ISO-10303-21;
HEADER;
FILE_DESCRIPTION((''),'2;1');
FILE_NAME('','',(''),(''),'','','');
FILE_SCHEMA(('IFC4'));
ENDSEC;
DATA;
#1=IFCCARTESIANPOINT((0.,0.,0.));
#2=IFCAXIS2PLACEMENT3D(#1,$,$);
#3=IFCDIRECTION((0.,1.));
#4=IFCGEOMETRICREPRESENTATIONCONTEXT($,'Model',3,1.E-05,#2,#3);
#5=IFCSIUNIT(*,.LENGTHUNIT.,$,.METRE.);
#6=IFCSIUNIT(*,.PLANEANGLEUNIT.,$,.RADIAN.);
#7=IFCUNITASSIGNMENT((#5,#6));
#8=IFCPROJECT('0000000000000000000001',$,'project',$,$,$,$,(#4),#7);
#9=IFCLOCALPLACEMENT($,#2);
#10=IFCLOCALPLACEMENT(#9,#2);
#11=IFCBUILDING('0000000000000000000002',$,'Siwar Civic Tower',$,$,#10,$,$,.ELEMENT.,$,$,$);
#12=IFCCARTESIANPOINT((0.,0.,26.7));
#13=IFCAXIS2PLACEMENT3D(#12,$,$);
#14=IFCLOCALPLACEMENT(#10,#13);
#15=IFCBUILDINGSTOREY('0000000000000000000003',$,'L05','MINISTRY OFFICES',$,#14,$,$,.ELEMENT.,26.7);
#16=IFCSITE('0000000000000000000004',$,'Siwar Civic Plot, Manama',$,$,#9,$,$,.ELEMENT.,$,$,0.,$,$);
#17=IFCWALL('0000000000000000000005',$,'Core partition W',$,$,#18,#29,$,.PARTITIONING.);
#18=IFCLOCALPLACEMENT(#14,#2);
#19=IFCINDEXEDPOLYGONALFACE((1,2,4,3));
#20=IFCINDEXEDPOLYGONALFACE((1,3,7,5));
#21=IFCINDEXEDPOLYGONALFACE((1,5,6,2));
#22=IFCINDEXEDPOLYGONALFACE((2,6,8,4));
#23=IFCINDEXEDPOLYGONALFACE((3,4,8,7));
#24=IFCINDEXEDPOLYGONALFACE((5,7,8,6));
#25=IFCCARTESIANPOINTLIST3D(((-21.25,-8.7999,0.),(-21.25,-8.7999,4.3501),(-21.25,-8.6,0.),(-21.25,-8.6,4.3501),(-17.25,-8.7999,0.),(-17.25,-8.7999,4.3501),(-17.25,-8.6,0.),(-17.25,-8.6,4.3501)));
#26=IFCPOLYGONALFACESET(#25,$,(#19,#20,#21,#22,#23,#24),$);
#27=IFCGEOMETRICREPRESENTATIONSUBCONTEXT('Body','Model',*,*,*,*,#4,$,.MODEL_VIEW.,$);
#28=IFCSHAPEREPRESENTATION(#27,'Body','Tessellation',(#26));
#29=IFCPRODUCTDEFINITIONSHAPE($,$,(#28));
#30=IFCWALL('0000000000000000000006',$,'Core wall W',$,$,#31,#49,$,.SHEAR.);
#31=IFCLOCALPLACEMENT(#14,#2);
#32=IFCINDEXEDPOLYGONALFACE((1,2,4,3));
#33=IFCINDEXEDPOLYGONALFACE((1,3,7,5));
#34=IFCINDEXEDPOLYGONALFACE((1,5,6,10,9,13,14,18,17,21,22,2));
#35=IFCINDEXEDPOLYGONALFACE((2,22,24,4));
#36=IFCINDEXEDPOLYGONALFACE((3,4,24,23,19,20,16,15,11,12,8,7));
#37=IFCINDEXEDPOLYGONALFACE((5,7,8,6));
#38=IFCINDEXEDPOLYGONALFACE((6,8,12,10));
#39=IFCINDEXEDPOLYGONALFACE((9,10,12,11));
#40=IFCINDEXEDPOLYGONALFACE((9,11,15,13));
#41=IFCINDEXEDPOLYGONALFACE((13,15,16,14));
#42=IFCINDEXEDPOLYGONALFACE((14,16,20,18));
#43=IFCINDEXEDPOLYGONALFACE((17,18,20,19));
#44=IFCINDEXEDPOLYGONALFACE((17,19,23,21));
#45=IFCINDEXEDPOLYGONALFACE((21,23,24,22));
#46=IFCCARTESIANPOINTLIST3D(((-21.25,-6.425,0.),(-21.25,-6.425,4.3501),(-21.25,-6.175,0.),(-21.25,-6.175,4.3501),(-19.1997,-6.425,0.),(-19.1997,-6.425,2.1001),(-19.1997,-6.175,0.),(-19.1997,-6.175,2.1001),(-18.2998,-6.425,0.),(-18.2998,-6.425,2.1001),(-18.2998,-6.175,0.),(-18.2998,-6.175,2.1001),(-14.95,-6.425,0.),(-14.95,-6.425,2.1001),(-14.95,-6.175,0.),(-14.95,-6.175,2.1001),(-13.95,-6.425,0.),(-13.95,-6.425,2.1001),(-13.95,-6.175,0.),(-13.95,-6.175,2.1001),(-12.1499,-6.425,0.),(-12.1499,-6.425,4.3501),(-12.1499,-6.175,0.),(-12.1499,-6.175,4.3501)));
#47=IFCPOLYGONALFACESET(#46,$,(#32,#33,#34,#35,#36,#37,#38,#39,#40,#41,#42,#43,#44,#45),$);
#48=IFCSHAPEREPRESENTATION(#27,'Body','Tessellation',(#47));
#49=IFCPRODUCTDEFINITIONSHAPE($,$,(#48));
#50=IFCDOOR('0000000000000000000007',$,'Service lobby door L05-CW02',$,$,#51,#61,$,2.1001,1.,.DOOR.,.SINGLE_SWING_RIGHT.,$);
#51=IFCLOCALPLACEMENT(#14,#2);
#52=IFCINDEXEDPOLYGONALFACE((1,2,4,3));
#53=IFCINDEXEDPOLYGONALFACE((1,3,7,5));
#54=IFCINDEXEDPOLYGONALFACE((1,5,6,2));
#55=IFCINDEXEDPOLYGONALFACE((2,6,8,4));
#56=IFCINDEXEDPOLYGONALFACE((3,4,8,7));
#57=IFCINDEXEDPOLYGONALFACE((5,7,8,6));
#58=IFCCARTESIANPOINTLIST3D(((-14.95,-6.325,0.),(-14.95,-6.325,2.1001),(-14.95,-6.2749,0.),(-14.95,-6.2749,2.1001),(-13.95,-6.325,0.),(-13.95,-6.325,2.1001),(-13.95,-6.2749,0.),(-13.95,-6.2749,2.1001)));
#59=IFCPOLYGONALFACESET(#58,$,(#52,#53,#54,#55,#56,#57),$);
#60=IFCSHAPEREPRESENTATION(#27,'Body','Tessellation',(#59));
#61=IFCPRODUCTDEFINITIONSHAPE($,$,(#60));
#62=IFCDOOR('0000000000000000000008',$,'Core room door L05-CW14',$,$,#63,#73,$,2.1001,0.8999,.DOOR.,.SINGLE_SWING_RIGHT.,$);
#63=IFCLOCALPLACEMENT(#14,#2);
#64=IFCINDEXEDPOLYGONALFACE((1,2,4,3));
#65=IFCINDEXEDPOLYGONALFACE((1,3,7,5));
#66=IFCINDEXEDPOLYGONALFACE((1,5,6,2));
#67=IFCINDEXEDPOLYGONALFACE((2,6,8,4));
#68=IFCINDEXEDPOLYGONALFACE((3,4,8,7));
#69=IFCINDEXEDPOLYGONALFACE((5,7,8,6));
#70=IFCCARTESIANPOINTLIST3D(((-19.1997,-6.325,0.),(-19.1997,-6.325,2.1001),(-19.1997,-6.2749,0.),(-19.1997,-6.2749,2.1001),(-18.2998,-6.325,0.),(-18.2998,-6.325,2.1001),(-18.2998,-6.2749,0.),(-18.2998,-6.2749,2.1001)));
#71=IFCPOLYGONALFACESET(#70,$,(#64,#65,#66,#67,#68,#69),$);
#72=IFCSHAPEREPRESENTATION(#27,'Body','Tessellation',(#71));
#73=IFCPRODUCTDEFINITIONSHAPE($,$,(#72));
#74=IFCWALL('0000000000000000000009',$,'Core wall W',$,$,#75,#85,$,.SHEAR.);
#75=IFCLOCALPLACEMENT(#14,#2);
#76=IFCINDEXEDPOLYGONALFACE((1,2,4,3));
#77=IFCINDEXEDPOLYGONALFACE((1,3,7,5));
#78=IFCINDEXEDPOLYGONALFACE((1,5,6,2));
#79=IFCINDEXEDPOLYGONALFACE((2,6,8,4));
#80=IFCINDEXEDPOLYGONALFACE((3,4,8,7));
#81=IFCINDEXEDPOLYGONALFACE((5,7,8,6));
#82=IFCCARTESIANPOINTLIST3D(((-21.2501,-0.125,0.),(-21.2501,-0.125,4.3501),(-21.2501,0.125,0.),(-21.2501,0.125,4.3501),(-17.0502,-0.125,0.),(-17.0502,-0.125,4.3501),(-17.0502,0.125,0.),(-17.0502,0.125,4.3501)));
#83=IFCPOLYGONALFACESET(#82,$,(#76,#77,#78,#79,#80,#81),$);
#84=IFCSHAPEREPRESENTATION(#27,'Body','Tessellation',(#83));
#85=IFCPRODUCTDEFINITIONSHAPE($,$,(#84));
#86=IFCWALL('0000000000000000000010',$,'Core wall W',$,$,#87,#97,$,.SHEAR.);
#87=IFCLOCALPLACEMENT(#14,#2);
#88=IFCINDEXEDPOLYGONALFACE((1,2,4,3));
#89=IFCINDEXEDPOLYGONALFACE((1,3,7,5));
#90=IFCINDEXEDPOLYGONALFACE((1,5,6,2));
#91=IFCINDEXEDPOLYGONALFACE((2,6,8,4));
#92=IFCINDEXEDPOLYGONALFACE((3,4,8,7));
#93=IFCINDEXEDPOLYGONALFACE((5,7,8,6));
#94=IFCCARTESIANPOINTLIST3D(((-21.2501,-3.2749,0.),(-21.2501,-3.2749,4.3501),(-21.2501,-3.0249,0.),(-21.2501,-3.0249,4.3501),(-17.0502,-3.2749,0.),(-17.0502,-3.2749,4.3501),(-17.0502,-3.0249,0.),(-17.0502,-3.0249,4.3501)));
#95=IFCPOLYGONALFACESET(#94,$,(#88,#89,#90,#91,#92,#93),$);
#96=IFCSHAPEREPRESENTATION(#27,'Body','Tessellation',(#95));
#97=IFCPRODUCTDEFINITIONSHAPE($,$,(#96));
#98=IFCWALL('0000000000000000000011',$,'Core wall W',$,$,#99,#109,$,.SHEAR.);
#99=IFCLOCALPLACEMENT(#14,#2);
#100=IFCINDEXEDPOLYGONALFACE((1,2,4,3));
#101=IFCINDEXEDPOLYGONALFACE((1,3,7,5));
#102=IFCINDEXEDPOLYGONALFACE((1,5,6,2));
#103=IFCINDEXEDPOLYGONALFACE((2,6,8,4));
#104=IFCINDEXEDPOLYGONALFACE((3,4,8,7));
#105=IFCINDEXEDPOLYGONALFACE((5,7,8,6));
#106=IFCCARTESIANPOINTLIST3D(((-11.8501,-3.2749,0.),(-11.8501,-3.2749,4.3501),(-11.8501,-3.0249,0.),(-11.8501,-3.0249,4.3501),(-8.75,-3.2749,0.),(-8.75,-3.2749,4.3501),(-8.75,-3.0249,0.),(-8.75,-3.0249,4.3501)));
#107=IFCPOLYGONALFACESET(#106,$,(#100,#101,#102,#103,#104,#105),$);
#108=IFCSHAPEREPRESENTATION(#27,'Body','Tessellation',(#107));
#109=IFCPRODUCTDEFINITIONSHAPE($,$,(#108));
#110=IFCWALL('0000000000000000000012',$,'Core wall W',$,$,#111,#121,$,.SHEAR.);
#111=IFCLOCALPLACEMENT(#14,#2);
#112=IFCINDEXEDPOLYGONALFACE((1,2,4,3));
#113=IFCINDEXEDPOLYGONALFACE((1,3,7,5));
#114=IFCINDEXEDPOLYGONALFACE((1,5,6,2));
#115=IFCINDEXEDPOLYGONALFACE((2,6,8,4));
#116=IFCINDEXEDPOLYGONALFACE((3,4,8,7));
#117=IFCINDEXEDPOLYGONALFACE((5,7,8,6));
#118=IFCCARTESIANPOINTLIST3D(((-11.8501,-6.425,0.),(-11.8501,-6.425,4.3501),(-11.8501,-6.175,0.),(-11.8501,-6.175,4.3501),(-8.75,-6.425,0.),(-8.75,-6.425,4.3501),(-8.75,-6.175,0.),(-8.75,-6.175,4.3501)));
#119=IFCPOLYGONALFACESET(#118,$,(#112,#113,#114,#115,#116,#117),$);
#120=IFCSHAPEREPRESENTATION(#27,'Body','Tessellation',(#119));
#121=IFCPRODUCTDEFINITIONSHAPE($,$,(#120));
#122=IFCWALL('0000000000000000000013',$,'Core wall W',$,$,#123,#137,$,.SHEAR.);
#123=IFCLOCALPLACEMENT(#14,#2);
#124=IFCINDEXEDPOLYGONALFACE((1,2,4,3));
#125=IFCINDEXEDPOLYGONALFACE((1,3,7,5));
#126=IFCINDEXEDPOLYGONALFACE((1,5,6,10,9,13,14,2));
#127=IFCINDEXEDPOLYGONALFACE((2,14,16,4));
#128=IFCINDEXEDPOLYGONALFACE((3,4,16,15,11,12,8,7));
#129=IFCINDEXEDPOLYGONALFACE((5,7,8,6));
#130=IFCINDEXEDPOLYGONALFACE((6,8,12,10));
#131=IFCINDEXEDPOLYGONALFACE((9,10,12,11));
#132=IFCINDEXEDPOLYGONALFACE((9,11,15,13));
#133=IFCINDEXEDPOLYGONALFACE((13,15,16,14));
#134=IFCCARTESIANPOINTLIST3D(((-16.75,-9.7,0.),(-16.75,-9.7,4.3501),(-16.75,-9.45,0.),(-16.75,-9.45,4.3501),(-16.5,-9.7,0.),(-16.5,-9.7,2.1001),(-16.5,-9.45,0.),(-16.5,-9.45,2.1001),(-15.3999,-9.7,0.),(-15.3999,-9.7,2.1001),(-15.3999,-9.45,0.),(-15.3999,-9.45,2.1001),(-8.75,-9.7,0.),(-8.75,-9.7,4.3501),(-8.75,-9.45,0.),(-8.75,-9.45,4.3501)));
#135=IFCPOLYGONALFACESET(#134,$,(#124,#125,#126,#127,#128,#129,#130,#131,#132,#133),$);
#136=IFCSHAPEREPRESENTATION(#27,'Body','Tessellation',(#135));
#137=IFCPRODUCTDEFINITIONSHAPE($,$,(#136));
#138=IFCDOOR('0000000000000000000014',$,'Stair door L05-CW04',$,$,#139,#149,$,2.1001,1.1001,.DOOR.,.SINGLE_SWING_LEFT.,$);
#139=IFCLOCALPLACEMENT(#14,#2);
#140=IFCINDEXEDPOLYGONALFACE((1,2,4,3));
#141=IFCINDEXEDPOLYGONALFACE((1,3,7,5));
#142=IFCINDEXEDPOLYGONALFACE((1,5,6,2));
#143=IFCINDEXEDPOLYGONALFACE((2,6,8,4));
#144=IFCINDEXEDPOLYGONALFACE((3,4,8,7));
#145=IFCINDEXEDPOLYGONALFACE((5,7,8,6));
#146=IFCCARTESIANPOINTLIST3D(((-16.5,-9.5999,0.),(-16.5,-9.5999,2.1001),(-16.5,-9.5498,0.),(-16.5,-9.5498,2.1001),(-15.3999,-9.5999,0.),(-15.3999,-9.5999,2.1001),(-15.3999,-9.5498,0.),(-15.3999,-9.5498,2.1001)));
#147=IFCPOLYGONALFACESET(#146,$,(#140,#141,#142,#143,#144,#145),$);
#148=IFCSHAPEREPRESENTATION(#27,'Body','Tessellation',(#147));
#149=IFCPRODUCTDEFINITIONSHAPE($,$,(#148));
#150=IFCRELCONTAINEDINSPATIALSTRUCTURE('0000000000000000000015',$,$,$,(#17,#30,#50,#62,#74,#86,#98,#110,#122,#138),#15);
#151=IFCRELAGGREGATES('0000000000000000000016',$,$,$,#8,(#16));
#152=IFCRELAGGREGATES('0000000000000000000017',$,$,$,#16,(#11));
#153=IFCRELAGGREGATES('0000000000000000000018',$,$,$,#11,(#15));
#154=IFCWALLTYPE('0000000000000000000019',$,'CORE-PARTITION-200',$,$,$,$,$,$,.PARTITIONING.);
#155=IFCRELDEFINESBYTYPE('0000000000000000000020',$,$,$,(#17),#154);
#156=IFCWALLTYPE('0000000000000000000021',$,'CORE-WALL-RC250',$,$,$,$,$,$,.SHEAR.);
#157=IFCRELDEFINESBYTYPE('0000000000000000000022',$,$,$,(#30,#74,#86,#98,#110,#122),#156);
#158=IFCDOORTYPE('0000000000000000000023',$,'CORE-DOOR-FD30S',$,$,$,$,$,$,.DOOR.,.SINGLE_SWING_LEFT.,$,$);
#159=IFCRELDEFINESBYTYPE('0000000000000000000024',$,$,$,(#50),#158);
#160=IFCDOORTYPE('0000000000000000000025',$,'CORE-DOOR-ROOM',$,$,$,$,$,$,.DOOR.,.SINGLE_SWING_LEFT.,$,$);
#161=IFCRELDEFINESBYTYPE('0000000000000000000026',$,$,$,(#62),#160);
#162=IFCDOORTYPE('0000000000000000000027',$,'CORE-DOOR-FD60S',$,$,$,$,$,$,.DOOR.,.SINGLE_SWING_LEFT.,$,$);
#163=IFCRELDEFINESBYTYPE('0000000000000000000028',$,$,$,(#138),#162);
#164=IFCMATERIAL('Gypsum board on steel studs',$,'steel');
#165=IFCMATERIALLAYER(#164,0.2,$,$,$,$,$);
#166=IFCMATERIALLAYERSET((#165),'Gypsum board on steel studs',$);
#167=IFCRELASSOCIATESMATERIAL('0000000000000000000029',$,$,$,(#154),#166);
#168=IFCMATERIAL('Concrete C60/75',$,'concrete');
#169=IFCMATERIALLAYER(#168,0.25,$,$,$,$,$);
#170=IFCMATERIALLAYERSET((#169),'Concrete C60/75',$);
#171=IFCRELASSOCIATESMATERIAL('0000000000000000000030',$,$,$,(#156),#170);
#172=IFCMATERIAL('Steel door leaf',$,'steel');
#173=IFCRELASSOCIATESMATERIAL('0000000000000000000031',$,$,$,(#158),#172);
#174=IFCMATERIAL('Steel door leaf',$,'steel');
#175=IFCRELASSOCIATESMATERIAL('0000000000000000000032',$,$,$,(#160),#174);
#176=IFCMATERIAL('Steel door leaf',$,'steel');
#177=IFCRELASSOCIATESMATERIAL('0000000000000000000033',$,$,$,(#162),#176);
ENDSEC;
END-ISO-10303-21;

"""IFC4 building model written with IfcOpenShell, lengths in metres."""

from ifc_helpers import new_model, si_unit, direction, frame, frame_2d, origin, place, context, subcontext, project, spatial, rectangle, extrude, material, layer, layer_set, type_object, element, fill, save


model = new_model("IFC4")

# Units and contexts
model_context = context("Model", 3, precision=1e-05, world=origin(), true_north=direction((0.0, 1.0)))
body_context = subcontext(model_context, "Body", "Model", "MODEL_VIEW")
ifc_project = project(units=[si_unit("LENGTHUNIT", "METRE"), si_unit("PLANEANGLEUNIT", "RADIAN")], contexts=[model_context])

# Site, building, storey
site_placement = place(None, origin())
site = spatial("IfcSite", under=ifc_project, at=site_placement, Name="Siwar Civic Plot, Manama", CompositionType="ELEMENT", RefElevation=0.0)
building_placement = place(site_placement, origin())
building = spatial("IfcBuilding", under=site, at=building_placement, Name="Siwar Civic Tower", CompositionType="ELEMENT")
storey_placement = place(building_placement, frame((0.0, 0.0, 26.7)))
storey = spatial("IfcBuildingStorey", under=building, at=storey_placement, Name="L05", Description="MINISTRY OFFICES", CompositionType="ELEMENT", Elevation=26.7)

# Wall
ifc_material_1 = material(Name="Gypsum board on steel studs", Category="steel")
ifc_layer_1 = layer(ifc_material_1, 0.2)
ifc_layer_set_1 = layer_set([ifc_layer_1], Name="Gypsum board on steel studs")
wall_type_1 = type_object("IfcWallType", Name="CORE-PARTITION-200", PredefinedType="PARTITIONING", material=ifc_layer_set_1)
wall_1_placement = place(storey_placement, frame((-17.25, -8.7, 0.0), z_axis=(0.0, 0.0, 1.0), x_axis=(-1.0, 0.0, 0.0)))
element("IfcWall", 1, at=wall_1_placement, inside=storey, type_object=wall_type_1, Name="Core partition W", PredefinedType="PARTITIONING", context=body_context, shape_type="SweptSolid", body=[
    extrude(rectangle(XDim=4.0, YDim=0.2, at=frame_2d((2.0, 0.0))), origin(), (0.0, 0.0, 1.0), 4.3501),
])

# Wall, openings, doors
ifc_material_2 = material(Name="Concrete C60/75", Category="concrete")
ifc_layer_2 = layer(ifc_material_2, 0.25)
ifc_layer_set_2 = layer_set([ifc_layer_2], Name="Concrete C60/75")
wall_type_2 = type_object("IfcWallType", Name="CORE-WALL-RC250", PredefinedType="SHEAR", material=ifc_layer_set_2)
wall_2_placement = place(storey_placement, frame((-12.1499, -6.3, 0.0), z_axis=(0.0, 0.0, 1.0), x_axis=(-1.0, 0.0, 0.0)))
wall_2 = element("IfcWall", 2, at=wall_2_placement, inside=storey, type_object=wall_type_2, Name="Core wall W", PredefinedType="SHEAR", context=body_context, shape_type="SweptSolid", body=[
    extrude(rectangle(XDim=9.1001, YDim=0.25, at=frame_2d((4.55, 0.0))), origin(), (0.0, 0.0, 1.0), 4.3501),
])
opening_1_placement = place(wall_2_placement, frame((1.8, 0.0, 0.0)))
opening_1 = element("IfcOpeningElement", 3, at=opening_1_placement, cuts=wall_2, PredefinedType="OPENING", context=body_context, shape_type="SweptSolid", body=[
    extrude(rectangle(XDim=1.0, YDim=2.1001, at=frame_2d((0.5, 1.05))), frame((0.0, 0.135, 0.0), z_axis=(0.0, -1.0, 0.0), x_axis=(1.0, 0.0, 0.0)), (0.0, 0.0, 1.0), 0.27),
])
opening_2_placement = place(wall_2_placement, frame((6.1499, 0.0, 0.0)))
opening_2 = element("IfcOpeningElement", 4, at=opening_2_placement, cuts=wall_2, PredefinedType="OPENING", context=body_context, shape_type="SweptSolid", body=[
    extrude(rectangle(XDim=0.8999, YDim=2.1001, at=frame_2d((0.45, 1.05))), frame((0.0, 0.135, 0.0), z_axis=(0.0, -1.0, 0.0), x_axis=(1.0, 0.0, 0.0)), (0.0, 0.0, 1.0), 0.27),
])
ifc_material_3 = material(Name="Steel door leaf", Category="steel")
door_type_1 = type_object("IfcDoorType", Name="CORE-DOOR-FD30S", OperationType="SINGLE_SWING_LEFT", PredefinedType="DOOR", material=ifc_material_3)
door_1_placement = place(opening_1_placement, origin())
door_1 = element("IfcDoor", 5, at=door_1_placement, inside=storey, type_object=door_type_1, Name="Service lobby door L05-CW02", OperationType="SINGLE_SWING_RIGHT", OverallHeight=2.1001, OverallWidth=1.0, PredefinedType="DOOR", context=body_context, shape_type="SweptSolid", body=[
    extrude(rectangle(XDim=1.0, YDim=2.1001, at=frame_2d((0.5, 1.05))), frame((0.0, 0.0249, 0.0), z_axis=(0.0, -1.0, 0.0), x_axis=(1.0, 0.0, 0.0)), (0.0, 0.0, 1.0), 0.05),
])
fill(opening_1, door_1)
ifc_material_4 = material(Name="Steel door leaf", Category="steel")
door_type_2 = type_object("IfcDoorType", Name="CORE-DOOR-ROOM", OperationType="SINGLE_SWING_LEFT", PredefinedType="DOOR", material=ifc_material_4)
door_2_placement = place(opening_2_placement, origin())
door_2 = element("IfcDoor", 6, at=door_2_placement, inside=storey, type_object=door_type_2, Name="Core room door L05-CW14", OperationType="SINGLE_SWING_RIGHT", OverallHeight=2.1001, OverallWidth=0.8999, PredefinedType="DOOR", context=body_context, shape_type="SweptSolid", body=[
    extrude(rectangle(XDim=0.8999, YDim=2.1001, at=frame_2d((0.45, 1.05))), frame((0.0, 0.0249, 0.0), z_axis=(0.0, -1.0, 0.0), x_axis=(1.0, 0.0, 0.0)), (0.0, 0.0, 1.0), 0.05),
])
fill(opening_2, door_2)

# Walls
for number, where, z_axis, x_axis, name in (
    (7, (-17.05, 0.0, 0.0), (0.0, 0.0, 1.0), (-1.0, 0.0, 0.0), "Core wall W"),
    (8, (-17.05, -3.1499, 0.0), (0.0, 0.0, 1.0), (-1.0, 0.0, 0.0), "Core wall W"),
):
    element("IfcWall", number, at=place(storey_placement, frame(where, z_axis=z_axis, x_axis=x_axis)), inside=storey, type_object=wall_type_2, Name=name, PredefinedType="SHEAR", context=body_context, shape_type="SweptSolid", body=[
        extrude(rectangle(XDim=4.2, YDim=0.25, at=frame_2d((2.1001, 0.0))), origin(), (0.0, 0.0, 1.0), 4.3501),
    ])
for number, where, z_axis, x_axis, name in (
    (9, (-8.75, -3.1499, 0.0), (0.0, 0.0, 1.0), (-1.0, 0.0, 0.0), "Core wall W"),
    (10, (-8.75, -6.3, 0.0), (0.0, 0.0, 1.0), (-1.0, 0.0, 0.0), "Core wall W"),
):
    element("IfcWall", number, at=place(storey_placement, frame(where, z_axis=z_axis, x_axis=x_axis)), inside=storey, type_object=wall_type_2, Name=name, PredefinedType="SHEAR", context=body_context, shape_type="SweptSolid", body=[
        extrude(rectangle(XDim=3.1001, YDim=0.25, at=frame_2d((1.55, 0.0))), origin(), (0.0, 0.0, 1.0), 4.3501),
    ])

# Wall, opening, door
wall_3_placement = place(storey_placement, frame((-8.75, -9.575, 0.0), z_axis=(0.0, 0.0, 1.0), x_axis=(-1.0, 0.0, 0.0)))
wall_3 = element("IfcWall", 11, at=wall_3_placement, inside=storey, type_object=wall_type_2, Name="Core wall W", PredefinedType="SHEAR", context=body_context, shape_type="SweptSolid", body=[
    extrude(rectangle(XDim=8.0, YDim=0.25, at=frame_2d((4.0, 0.0))), origin(), (0.0, 0.0, 1.0), 4.3501),
])
opening_3_placement = place(wall_3_placement, frame((6.6499, 0.0, 0.0)))
opening_3 = element("IfcOpeningElement", 12, at=opening_3_placement, cuts=wall_3, PredefinedType="OPENING", context=body_context, shape_type="SweptSolid", body=[
    extrude(rectangle(XDim=1.1001, YDim=2.1001, at=frame_2d((0.55, 1.05))), frame((0.0, 0.135, 0.0), z_axis=(0.0, -1.0, 0.0), x_axis=(1.0, 0.0, 0.0)), (0.0, 0.0, 1.0), 0.27),
])
ifc_material_5 = material(Name="Steel door leaf", Category="steel")
door_type_3 = type_object("IfcDoorType", Name="CORE-DOOR-FD60S", OperationType="SINGLE_SWING_LEFT", PredefinedType="DOOR", material=ifc_material_5)
door_3_placement = place(opening_3_placement, origin())
door_3 = element("IfcDoor", 13, at=door_3_placement, inside=storey, type_object=door_type_3, Name="Stair door L05-CW04", OperationType="SINGLE_SWING_LEFT", OverallHeight=2.1001, OverallWidth=1.1001, PredefinedType="DOOR", context=body_context, shape_type="SweptSolid", body=[
    extrude(rectangle(XDim=1.1001, YDim=2.1001, at=frame_2d((0.55, 1.05))), frame((0.0, 0.0249, 0.0), z_axis=(0.0, -1.0, 0.0), x_axis=(1.0, 0.0, 0.0)), (0.0, 0.0, 1.0), 0.05),
])
fill(opening_3, door_3)

save(model, "model.ifc")
